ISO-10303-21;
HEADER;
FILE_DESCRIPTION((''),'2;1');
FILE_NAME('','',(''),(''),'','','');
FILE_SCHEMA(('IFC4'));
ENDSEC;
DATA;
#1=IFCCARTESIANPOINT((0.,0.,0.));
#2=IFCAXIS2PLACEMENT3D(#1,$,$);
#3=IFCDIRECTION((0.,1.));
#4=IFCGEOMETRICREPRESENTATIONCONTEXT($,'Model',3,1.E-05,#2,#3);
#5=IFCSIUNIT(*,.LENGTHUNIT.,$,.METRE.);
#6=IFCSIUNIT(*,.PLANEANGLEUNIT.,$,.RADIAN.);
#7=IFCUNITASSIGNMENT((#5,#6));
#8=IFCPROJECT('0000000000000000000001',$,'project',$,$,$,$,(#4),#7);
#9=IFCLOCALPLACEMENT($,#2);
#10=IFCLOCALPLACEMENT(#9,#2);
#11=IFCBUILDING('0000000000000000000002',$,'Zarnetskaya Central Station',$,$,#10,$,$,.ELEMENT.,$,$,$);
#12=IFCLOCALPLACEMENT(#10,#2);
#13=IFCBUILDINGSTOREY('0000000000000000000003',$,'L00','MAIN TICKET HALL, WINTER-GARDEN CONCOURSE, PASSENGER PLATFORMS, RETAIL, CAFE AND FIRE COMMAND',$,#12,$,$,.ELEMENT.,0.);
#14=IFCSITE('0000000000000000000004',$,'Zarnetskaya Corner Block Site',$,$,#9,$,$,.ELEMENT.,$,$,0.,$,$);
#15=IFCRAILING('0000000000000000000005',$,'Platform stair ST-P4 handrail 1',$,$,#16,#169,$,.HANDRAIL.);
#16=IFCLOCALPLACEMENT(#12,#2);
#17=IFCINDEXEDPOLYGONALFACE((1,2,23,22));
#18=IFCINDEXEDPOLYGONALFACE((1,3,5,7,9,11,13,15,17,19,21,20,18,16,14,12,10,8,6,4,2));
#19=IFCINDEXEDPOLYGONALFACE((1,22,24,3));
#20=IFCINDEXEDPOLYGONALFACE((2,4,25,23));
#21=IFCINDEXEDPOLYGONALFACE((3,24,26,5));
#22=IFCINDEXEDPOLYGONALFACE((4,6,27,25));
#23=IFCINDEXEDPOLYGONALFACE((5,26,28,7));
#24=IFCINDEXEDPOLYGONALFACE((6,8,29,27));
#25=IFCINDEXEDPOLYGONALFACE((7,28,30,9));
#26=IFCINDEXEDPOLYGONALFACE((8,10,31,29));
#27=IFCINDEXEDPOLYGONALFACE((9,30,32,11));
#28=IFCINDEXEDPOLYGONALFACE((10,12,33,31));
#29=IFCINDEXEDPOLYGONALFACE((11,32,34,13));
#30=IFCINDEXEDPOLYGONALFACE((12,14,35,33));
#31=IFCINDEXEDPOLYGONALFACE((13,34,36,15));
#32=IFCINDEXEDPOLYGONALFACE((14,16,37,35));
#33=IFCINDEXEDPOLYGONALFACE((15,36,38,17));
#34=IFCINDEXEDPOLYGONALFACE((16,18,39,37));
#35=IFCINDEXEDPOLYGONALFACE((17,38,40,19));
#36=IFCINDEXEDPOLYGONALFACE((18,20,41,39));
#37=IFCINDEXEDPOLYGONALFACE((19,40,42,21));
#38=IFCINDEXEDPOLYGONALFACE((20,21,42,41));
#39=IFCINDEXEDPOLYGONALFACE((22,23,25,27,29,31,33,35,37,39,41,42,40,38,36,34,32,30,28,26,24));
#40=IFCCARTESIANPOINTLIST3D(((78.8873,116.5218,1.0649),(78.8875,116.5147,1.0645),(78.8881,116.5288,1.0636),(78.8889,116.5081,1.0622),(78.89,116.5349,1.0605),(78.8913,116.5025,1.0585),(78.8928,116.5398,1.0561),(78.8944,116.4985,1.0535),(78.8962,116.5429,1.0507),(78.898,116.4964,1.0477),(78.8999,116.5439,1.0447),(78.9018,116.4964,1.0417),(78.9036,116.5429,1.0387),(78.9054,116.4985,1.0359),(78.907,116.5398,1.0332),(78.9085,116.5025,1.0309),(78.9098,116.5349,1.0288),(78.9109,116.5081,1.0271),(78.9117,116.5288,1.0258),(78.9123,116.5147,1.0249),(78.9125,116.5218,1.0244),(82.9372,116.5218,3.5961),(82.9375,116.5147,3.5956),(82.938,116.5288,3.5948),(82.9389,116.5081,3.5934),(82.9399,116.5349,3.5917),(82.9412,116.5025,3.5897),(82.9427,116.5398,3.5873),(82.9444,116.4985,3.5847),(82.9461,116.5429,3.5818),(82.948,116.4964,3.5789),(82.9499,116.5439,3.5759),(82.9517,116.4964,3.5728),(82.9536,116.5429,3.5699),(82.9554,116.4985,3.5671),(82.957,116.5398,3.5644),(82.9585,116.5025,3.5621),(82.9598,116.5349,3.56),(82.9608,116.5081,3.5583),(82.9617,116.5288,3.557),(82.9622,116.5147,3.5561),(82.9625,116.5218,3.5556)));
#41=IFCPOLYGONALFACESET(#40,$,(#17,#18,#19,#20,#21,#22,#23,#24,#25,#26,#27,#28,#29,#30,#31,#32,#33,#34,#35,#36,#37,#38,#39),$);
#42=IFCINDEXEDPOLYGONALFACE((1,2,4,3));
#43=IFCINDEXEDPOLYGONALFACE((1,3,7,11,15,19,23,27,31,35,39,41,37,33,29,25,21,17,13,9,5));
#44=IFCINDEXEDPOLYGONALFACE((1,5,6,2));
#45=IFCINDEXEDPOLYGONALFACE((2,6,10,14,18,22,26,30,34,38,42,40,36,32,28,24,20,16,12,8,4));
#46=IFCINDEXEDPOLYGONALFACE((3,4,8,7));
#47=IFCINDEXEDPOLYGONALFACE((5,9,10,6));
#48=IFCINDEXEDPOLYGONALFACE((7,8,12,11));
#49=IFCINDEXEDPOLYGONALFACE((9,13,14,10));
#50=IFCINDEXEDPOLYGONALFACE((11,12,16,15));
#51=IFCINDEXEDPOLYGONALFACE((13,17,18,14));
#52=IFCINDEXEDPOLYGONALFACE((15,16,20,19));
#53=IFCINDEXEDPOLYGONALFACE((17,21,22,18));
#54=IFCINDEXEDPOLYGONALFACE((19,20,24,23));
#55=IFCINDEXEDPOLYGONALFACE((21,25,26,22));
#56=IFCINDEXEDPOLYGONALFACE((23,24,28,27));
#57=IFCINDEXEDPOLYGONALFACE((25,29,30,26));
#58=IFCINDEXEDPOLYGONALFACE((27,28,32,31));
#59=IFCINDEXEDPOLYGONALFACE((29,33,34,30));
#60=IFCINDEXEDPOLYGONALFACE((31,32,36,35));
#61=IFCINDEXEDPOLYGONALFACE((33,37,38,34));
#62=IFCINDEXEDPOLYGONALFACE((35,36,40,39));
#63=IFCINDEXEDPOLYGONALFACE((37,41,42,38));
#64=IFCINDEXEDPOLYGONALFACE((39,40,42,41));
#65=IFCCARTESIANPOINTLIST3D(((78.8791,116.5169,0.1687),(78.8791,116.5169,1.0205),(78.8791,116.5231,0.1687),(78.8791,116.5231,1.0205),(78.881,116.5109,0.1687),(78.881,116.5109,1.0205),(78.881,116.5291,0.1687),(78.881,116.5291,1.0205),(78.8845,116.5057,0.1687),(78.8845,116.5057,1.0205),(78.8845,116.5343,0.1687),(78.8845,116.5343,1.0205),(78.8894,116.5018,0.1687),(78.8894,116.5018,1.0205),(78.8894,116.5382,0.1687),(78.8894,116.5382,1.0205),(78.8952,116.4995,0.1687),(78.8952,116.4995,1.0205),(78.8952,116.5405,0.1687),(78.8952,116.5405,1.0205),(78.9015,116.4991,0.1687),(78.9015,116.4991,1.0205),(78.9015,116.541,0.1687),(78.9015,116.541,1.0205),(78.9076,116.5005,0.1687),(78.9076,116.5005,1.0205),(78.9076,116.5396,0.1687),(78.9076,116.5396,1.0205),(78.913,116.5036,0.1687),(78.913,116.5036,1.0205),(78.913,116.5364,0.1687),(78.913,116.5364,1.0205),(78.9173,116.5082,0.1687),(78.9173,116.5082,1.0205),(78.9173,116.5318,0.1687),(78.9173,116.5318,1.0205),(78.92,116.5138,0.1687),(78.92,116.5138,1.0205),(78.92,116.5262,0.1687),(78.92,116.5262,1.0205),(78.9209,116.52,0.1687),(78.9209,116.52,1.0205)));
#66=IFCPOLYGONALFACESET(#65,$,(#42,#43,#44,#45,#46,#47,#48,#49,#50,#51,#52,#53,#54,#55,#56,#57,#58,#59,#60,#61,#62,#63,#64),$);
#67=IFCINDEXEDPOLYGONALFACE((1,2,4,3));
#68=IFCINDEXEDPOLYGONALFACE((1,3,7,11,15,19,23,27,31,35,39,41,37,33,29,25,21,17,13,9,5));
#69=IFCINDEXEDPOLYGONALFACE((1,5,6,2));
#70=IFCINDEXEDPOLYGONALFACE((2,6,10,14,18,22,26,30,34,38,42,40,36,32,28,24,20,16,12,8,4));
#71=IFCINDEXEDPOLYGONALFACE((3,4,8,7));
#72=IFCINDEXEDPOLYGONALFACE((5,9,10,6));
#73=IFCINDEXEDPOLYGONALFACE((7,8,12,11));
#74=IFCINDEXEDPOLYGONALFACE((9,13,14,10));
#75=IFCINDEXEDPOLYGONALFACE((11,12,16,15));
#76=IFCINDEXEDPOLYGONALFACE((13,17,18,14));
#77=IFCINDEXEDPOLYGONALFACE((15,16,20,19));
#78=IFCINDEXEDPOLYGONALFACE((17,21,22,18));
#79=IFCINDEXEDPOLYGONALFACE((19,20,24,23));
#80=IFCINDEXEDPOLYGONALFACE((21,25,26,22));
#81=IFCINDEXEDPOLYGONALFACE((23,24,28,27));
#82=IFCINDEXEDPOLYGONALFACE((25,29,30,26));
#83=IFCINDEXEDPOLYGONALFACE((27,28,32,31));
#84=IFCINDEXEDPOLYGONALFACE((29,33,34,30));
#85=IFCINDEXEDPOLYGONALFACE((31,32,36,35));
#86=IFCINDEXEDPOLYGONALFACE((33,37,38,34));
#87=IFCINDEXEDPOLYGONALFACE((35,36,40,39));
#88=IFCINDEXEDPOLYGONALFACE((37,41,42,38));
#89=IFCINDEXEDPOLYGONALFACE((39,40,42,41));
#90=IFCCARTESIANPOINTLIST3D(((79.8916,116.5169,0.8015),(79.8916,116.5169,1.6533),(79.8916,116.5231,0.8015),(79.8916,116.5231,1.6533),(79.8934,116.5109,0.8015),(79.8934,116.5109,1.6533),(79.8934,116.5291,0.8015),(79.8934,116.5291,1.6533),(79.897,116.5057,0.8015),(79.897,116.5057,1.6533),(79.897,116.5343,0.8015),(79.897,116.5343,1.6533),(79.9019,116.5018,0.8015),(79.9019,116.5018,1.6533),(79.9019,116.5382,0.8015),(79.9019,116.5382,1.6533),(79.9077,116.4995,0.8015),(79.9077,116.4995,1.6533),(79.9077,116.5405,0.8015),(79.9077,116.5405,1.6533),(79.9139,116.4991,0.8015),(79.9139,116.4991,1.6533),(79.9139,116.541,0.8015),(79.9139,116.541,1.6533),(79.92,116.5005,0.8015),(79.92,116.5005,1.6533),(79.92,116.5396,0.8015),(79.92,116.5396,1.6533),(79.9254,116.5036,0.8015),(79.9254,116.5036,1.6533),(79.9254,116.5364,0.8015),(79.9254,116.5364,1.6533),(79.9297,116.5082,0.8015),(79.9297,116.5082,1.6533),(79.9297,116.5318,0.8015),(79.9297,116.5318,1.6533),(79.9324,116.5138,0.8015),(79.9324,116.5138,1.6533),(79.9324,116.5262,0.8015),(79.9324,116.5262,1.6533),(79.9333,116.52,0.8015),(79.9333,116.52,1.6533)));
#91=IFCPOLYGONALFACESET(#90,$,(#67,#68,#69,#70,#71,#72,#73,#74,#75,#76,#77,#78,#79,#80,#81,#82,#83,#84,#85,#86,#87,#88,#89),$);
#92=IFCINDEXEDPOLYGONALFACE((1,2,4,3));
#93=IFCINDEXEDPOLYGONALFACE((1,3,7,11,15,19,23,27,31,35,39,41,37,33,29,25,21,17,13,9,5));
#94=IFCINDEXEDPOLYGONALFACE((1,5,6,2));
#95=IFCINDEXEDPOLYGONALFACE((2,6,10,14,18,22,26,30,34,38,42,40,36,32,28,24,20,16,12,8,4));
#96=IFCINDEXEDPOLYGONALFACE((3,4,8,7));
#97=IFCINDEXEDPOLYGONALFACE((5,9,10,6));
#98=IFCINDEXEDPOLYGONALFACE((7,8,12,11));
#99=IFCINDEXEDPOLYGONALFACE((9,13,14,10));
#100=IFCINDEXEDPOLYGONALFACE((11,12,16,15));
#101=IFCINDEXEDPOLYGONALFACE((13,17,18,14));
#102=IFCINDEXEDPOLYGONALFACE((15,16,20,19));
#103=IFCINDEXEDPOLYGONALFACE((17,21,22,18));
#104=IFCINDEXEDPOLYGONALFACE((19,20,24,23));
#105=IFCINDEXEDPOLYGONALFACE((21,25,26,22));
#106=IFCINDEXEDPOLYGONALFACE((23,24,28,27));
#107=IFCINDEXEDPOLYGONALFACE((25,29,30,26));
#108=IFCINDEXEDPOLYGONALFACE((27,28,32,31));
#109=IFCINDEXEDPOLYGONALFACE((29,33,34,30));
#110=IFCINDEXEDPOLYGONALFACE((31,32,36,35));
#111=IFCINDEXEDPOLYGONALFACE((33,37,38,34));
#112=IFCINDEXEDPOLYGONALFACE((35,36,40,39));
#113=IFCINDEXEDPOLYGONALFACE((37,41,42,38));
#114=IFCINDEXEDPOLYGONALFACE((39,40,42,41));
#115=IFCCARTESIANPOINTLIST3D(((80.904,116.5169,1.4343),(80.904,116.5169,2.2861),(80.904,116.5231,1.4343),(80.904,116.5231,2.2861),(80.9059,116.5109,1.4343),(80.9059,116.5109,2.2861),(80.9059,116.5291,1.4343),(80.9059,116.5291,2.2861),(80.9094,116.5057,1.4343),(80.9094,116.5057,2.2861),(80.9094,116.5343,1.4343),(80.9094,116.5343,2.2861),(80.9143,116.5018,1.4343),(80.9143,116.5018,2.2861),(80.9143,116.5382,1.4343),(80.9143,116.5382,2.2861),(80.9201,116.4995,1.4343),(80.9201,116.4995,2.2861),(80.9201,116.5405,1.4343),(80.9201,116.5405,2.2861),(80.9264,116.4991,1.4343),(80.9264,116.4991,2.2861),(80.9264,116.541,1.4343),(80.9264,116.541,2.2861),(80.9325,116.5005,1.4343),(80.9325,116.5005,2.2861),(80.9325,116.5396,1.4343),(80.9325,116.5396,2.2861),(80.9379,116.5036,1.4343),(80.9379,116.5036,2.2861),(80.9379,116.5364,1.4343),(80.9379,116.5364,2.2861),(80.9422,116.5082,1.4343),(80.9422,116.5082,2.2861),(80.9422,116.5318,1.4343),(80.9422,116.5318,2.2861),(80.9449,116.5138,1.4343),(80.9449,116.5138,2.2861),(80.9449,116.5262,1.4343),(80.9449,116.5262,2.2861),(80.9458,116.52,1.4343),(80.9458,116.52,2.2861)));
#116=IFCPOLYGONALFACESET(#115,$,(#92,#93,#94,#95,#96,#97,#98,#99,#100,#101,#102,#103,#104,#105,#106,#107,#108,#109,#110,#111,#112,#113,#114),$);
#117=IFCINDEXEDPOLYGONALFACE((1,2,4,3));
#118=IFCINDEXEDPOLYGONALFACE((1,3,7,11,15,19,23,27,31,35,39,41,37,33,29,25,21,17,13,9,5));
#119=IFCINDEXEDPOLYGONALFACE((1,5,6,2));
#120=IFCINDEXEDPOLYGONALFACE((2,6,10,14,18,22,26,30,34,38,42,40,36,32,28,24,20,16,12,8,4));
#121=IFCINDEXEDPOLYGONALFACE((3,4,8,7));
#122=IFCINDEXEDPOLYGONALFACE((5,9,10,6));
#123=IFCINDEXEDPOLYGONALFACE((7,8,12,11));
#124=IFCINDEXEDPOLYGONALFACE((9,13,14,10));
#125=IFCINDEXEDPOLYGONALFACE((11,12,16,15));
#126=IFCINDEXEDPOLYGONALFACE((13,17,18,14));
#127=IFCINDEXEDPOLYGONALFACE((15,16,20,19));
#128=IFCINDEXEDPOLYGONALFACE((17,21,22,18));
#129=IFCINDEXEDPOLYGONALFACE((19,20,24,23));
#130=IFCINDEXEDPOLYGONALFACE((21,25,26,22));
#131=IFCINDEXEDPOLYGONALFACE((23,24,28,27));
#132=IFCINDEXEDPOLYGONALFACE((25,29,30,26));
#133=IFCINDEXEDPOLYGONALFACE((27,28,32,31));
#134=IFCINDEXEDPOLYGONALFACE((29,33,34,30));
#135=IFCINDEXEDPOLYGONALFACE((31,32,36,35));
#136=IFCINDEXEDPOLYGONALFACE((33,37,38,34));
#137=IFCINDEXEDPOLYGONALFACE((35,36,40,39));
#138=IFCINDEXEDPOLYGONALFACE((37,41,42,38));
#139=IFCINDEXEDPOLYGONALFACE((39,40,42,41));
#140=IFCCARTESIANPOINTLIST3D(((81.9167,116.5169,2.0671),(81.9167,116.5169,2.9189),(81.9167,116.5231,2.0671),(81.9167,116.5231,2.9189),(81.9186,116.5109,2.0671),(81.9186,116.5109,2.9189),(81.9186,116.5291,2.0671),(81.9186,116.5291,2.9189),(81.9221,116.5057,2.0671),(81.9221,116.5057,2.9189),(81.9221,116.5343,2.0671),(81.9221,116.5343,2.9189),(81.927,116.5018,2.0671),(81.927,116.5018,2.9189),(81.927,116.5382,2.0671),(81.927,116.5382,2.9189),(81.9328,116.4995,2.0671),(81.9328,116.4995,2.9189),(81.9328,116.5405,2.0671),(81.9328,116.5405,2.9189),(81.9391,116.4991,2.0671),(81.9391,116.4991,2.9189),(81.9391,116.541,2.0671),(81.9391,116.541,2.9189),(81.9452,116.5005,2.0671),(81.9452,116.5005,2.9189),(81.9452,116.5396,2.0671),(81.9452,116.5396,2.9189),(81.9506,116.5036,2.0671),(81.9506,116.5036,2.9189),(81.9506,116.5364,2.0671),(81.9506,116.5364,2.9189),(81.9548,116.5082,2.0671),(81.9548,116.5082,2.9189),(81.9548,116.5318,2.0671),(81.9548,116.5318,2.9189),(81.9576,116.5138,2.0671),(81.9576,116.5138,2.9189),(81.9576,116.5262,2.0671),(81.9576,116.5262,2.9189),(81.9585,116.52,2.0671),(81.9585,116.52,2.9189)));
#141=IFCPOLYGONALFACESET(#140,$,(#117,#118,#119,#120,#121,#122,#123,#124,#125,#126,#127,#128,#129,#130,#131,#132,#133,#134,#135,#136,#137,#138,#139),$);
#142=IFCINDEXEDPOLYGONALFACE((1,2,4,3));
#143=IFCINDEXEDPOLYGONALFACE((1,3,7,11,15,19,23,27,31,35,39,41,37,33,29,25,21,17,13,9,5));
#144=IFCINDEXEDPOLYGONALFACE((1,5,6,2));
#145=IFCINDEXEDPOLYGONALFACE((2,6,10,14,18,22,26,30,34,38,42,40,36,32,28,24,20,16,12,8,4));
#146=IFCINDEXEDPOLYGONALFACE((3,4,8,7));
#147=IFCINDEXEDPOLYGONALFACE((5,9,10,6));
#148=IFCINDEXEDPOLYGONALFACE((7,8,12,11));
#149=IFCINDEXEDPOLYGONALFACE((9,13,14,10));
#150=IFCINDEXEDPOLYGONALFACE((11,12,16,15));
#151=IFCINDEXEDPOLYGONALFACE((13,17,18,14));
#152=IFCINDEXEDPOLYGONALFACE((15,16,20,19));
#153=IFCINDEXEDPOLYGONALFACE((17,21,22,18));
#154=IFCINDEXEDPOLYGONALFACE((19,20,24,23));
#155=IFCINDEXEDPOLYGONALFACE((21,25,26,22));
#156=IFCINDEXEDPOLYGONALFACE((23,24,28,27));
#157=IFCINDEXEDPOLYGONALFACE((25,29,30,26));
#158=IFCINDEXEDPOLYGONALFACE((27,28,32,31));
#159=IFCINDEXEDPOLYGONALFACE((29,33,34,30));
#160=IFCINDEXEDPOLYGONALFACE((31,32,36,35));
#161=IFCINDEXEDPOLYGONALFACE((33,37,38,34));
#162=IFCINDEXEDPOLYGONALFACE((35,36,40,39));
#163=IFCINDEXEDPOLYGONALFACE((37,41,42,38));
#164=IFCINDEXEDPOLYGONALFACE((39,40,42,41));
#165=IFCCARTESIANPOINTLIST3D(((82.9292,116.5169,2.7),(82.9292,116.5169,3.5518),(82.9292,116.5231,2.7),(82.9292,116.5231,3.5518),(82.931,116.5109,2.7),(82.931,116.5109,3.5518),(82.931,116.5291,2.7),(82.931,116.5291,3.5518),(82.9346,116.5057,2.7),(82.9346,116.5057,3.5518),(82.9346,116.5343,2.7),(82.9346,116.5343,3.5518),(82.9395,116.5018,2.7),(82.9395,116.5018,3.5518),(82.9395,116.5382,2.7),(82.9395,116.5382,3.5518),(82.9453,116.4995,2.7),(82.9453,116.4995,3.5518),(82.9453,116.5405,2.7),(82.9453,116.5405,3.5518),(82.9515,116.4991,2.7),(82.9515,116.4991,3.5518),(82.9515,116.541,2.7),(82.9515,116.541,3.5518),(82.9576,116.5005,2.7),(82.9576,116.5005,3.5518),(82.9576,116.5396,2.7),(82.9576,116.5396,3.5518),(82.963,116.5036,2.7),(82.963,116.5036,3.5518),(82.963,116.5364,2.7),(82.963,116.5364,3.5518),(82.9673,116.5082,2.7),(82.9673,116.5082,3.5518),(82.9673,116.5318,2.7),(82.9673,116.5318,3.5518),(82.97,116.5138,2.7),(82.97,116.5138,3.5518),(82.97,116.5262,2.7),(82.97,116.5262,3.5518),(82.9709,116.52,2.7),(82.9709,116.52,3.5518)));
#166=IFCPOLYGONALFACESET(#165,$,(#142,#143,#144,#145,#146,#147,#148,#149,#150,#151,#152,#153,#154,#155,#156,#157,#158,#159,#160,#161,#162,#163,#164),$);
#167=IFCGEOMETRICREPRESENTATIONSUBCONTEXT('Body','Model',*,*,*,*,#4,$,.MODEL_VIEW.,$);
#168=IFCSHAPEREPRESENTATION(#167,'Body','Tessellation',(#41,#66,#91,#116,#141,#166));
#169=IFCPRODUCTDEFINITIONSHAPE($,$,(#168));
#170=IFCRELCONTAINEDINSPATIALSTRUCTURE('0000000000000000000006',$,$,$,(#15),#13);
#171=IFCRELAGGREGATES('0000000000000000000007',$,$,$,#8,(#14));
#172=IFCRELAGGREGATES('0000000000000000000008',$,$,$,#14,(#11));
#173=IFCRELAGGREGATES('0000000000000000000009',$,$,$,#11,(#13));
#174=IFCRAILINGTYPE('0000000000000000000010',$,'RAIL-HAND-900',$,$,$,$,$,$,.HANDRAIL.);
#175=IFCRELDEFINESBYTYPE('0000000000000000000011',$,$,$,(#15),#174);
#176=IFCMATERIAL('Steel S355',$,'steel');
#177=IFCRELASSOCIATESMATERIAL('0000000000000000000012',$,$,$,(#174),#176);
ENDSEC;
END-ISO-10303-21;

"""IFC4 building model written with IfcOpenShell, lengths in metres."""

from ifc_helpers import new_model, si_unit, direction, frame, origin, origin_2d, place, context, subcontext, project, spatial, circle, extrude, material, type_object, element, save


model = new_model("IFC4")

# Units and contexts
model_context = context("Model", 3, precision=1e-05, world=origin(), true_north=direction((0.0, 1.0)))
body_context = subcontext(model_context, "Body", "Model", "MODEL_VIEW")
ifc_project = project(units=[si_unit("LENGTHUNIT", "METRE"), si_unit("PLANEANGLEUNIT", "RADIAN")], contexts=[model_context])

# Site, building, storey
site_placement = place(None, origin())
site = spatial("IfcSite", under=ifc_project, at=site_placement, Name="Zarnetskaya Corner Block Site", CompositionType="ELEMENT", RefElevation=0.0)
building_placement = place(site_placement, origin())
building = spatial("IfcBuilding", under=site, at=building_placement, Name="Zarnetskaya Central Station", CompositionType="ELEMENT")
storey_placement = place(building_placement, origin())
storey = spatial("IfcBuildingStorey", under=building, at=storey_placement, Name="L00", Description="MAIN TICKET HALL, WINTER-GARDEN CONCOURSE, PASSENGER PLATFORMS, RETAIL, CAFE AND FIRE COMMAND", CompositionType="ELEMENT", Elevation=0.0)

# Shared definitions
ifc_material_1 = material(Name="Steel S355", Category="steel")

# Railing
railing_type_1 = type_object("IfcRailingType", Name="RAIL-HAND-900", PredefinedType="HANDRAIL", material=ifc_material_1)
railing_1_placement = place(storey_placement, frame((78.8999, 116.52, 0.1687)))
element("IfcRailing", 1, at=railing_1_placement, inside=storey, type_object=railing_type_1, Name="Platform stair ST-P4 handrail 1", PredefinedType="HANDRAIL", context=body_context, shape_type="SweptSolid", body=[
    extrude(circle(Radius=0.0239, at=origin_2d()), frame((0.0, 0.0, 0.876), z_axis=(0.848001, 0.0, 0.529994), x_axis=(0.0, 1.0, 0.0)), (0.0, 0.0, 1.0), 4.7759),
    extrude(circle(Radius=0.021, at=origin_2d()), origin(), (0.0, 0.0, 1.0), 0.8518),
    extrude(circle(Radius=0.021, at=origin_2d()), frame((1.0125, 0.0, 0.6328)), (0.0, 0.0, 1.0), 0.8518),
    extrude(circle(Radius=0.021, at=origin_2d()), frame((2.0249, 0.0, 1.2656)), (0.0, 0.0, 1.0), 0.8518),
    extrude(circle(Radius=0.021, at=origin_2d()), frame((3.0376, 0.0, 1.8984)), (0.0, 0.0, 1.0), 0.8518),
    extrude(circle(Radius=0.021, at=origin_2d()), frame((4.05, 0.0, 2.5312)), (0.0, 0.0, 1.0), 0.8518),
])

save(model, "model.ifc")
